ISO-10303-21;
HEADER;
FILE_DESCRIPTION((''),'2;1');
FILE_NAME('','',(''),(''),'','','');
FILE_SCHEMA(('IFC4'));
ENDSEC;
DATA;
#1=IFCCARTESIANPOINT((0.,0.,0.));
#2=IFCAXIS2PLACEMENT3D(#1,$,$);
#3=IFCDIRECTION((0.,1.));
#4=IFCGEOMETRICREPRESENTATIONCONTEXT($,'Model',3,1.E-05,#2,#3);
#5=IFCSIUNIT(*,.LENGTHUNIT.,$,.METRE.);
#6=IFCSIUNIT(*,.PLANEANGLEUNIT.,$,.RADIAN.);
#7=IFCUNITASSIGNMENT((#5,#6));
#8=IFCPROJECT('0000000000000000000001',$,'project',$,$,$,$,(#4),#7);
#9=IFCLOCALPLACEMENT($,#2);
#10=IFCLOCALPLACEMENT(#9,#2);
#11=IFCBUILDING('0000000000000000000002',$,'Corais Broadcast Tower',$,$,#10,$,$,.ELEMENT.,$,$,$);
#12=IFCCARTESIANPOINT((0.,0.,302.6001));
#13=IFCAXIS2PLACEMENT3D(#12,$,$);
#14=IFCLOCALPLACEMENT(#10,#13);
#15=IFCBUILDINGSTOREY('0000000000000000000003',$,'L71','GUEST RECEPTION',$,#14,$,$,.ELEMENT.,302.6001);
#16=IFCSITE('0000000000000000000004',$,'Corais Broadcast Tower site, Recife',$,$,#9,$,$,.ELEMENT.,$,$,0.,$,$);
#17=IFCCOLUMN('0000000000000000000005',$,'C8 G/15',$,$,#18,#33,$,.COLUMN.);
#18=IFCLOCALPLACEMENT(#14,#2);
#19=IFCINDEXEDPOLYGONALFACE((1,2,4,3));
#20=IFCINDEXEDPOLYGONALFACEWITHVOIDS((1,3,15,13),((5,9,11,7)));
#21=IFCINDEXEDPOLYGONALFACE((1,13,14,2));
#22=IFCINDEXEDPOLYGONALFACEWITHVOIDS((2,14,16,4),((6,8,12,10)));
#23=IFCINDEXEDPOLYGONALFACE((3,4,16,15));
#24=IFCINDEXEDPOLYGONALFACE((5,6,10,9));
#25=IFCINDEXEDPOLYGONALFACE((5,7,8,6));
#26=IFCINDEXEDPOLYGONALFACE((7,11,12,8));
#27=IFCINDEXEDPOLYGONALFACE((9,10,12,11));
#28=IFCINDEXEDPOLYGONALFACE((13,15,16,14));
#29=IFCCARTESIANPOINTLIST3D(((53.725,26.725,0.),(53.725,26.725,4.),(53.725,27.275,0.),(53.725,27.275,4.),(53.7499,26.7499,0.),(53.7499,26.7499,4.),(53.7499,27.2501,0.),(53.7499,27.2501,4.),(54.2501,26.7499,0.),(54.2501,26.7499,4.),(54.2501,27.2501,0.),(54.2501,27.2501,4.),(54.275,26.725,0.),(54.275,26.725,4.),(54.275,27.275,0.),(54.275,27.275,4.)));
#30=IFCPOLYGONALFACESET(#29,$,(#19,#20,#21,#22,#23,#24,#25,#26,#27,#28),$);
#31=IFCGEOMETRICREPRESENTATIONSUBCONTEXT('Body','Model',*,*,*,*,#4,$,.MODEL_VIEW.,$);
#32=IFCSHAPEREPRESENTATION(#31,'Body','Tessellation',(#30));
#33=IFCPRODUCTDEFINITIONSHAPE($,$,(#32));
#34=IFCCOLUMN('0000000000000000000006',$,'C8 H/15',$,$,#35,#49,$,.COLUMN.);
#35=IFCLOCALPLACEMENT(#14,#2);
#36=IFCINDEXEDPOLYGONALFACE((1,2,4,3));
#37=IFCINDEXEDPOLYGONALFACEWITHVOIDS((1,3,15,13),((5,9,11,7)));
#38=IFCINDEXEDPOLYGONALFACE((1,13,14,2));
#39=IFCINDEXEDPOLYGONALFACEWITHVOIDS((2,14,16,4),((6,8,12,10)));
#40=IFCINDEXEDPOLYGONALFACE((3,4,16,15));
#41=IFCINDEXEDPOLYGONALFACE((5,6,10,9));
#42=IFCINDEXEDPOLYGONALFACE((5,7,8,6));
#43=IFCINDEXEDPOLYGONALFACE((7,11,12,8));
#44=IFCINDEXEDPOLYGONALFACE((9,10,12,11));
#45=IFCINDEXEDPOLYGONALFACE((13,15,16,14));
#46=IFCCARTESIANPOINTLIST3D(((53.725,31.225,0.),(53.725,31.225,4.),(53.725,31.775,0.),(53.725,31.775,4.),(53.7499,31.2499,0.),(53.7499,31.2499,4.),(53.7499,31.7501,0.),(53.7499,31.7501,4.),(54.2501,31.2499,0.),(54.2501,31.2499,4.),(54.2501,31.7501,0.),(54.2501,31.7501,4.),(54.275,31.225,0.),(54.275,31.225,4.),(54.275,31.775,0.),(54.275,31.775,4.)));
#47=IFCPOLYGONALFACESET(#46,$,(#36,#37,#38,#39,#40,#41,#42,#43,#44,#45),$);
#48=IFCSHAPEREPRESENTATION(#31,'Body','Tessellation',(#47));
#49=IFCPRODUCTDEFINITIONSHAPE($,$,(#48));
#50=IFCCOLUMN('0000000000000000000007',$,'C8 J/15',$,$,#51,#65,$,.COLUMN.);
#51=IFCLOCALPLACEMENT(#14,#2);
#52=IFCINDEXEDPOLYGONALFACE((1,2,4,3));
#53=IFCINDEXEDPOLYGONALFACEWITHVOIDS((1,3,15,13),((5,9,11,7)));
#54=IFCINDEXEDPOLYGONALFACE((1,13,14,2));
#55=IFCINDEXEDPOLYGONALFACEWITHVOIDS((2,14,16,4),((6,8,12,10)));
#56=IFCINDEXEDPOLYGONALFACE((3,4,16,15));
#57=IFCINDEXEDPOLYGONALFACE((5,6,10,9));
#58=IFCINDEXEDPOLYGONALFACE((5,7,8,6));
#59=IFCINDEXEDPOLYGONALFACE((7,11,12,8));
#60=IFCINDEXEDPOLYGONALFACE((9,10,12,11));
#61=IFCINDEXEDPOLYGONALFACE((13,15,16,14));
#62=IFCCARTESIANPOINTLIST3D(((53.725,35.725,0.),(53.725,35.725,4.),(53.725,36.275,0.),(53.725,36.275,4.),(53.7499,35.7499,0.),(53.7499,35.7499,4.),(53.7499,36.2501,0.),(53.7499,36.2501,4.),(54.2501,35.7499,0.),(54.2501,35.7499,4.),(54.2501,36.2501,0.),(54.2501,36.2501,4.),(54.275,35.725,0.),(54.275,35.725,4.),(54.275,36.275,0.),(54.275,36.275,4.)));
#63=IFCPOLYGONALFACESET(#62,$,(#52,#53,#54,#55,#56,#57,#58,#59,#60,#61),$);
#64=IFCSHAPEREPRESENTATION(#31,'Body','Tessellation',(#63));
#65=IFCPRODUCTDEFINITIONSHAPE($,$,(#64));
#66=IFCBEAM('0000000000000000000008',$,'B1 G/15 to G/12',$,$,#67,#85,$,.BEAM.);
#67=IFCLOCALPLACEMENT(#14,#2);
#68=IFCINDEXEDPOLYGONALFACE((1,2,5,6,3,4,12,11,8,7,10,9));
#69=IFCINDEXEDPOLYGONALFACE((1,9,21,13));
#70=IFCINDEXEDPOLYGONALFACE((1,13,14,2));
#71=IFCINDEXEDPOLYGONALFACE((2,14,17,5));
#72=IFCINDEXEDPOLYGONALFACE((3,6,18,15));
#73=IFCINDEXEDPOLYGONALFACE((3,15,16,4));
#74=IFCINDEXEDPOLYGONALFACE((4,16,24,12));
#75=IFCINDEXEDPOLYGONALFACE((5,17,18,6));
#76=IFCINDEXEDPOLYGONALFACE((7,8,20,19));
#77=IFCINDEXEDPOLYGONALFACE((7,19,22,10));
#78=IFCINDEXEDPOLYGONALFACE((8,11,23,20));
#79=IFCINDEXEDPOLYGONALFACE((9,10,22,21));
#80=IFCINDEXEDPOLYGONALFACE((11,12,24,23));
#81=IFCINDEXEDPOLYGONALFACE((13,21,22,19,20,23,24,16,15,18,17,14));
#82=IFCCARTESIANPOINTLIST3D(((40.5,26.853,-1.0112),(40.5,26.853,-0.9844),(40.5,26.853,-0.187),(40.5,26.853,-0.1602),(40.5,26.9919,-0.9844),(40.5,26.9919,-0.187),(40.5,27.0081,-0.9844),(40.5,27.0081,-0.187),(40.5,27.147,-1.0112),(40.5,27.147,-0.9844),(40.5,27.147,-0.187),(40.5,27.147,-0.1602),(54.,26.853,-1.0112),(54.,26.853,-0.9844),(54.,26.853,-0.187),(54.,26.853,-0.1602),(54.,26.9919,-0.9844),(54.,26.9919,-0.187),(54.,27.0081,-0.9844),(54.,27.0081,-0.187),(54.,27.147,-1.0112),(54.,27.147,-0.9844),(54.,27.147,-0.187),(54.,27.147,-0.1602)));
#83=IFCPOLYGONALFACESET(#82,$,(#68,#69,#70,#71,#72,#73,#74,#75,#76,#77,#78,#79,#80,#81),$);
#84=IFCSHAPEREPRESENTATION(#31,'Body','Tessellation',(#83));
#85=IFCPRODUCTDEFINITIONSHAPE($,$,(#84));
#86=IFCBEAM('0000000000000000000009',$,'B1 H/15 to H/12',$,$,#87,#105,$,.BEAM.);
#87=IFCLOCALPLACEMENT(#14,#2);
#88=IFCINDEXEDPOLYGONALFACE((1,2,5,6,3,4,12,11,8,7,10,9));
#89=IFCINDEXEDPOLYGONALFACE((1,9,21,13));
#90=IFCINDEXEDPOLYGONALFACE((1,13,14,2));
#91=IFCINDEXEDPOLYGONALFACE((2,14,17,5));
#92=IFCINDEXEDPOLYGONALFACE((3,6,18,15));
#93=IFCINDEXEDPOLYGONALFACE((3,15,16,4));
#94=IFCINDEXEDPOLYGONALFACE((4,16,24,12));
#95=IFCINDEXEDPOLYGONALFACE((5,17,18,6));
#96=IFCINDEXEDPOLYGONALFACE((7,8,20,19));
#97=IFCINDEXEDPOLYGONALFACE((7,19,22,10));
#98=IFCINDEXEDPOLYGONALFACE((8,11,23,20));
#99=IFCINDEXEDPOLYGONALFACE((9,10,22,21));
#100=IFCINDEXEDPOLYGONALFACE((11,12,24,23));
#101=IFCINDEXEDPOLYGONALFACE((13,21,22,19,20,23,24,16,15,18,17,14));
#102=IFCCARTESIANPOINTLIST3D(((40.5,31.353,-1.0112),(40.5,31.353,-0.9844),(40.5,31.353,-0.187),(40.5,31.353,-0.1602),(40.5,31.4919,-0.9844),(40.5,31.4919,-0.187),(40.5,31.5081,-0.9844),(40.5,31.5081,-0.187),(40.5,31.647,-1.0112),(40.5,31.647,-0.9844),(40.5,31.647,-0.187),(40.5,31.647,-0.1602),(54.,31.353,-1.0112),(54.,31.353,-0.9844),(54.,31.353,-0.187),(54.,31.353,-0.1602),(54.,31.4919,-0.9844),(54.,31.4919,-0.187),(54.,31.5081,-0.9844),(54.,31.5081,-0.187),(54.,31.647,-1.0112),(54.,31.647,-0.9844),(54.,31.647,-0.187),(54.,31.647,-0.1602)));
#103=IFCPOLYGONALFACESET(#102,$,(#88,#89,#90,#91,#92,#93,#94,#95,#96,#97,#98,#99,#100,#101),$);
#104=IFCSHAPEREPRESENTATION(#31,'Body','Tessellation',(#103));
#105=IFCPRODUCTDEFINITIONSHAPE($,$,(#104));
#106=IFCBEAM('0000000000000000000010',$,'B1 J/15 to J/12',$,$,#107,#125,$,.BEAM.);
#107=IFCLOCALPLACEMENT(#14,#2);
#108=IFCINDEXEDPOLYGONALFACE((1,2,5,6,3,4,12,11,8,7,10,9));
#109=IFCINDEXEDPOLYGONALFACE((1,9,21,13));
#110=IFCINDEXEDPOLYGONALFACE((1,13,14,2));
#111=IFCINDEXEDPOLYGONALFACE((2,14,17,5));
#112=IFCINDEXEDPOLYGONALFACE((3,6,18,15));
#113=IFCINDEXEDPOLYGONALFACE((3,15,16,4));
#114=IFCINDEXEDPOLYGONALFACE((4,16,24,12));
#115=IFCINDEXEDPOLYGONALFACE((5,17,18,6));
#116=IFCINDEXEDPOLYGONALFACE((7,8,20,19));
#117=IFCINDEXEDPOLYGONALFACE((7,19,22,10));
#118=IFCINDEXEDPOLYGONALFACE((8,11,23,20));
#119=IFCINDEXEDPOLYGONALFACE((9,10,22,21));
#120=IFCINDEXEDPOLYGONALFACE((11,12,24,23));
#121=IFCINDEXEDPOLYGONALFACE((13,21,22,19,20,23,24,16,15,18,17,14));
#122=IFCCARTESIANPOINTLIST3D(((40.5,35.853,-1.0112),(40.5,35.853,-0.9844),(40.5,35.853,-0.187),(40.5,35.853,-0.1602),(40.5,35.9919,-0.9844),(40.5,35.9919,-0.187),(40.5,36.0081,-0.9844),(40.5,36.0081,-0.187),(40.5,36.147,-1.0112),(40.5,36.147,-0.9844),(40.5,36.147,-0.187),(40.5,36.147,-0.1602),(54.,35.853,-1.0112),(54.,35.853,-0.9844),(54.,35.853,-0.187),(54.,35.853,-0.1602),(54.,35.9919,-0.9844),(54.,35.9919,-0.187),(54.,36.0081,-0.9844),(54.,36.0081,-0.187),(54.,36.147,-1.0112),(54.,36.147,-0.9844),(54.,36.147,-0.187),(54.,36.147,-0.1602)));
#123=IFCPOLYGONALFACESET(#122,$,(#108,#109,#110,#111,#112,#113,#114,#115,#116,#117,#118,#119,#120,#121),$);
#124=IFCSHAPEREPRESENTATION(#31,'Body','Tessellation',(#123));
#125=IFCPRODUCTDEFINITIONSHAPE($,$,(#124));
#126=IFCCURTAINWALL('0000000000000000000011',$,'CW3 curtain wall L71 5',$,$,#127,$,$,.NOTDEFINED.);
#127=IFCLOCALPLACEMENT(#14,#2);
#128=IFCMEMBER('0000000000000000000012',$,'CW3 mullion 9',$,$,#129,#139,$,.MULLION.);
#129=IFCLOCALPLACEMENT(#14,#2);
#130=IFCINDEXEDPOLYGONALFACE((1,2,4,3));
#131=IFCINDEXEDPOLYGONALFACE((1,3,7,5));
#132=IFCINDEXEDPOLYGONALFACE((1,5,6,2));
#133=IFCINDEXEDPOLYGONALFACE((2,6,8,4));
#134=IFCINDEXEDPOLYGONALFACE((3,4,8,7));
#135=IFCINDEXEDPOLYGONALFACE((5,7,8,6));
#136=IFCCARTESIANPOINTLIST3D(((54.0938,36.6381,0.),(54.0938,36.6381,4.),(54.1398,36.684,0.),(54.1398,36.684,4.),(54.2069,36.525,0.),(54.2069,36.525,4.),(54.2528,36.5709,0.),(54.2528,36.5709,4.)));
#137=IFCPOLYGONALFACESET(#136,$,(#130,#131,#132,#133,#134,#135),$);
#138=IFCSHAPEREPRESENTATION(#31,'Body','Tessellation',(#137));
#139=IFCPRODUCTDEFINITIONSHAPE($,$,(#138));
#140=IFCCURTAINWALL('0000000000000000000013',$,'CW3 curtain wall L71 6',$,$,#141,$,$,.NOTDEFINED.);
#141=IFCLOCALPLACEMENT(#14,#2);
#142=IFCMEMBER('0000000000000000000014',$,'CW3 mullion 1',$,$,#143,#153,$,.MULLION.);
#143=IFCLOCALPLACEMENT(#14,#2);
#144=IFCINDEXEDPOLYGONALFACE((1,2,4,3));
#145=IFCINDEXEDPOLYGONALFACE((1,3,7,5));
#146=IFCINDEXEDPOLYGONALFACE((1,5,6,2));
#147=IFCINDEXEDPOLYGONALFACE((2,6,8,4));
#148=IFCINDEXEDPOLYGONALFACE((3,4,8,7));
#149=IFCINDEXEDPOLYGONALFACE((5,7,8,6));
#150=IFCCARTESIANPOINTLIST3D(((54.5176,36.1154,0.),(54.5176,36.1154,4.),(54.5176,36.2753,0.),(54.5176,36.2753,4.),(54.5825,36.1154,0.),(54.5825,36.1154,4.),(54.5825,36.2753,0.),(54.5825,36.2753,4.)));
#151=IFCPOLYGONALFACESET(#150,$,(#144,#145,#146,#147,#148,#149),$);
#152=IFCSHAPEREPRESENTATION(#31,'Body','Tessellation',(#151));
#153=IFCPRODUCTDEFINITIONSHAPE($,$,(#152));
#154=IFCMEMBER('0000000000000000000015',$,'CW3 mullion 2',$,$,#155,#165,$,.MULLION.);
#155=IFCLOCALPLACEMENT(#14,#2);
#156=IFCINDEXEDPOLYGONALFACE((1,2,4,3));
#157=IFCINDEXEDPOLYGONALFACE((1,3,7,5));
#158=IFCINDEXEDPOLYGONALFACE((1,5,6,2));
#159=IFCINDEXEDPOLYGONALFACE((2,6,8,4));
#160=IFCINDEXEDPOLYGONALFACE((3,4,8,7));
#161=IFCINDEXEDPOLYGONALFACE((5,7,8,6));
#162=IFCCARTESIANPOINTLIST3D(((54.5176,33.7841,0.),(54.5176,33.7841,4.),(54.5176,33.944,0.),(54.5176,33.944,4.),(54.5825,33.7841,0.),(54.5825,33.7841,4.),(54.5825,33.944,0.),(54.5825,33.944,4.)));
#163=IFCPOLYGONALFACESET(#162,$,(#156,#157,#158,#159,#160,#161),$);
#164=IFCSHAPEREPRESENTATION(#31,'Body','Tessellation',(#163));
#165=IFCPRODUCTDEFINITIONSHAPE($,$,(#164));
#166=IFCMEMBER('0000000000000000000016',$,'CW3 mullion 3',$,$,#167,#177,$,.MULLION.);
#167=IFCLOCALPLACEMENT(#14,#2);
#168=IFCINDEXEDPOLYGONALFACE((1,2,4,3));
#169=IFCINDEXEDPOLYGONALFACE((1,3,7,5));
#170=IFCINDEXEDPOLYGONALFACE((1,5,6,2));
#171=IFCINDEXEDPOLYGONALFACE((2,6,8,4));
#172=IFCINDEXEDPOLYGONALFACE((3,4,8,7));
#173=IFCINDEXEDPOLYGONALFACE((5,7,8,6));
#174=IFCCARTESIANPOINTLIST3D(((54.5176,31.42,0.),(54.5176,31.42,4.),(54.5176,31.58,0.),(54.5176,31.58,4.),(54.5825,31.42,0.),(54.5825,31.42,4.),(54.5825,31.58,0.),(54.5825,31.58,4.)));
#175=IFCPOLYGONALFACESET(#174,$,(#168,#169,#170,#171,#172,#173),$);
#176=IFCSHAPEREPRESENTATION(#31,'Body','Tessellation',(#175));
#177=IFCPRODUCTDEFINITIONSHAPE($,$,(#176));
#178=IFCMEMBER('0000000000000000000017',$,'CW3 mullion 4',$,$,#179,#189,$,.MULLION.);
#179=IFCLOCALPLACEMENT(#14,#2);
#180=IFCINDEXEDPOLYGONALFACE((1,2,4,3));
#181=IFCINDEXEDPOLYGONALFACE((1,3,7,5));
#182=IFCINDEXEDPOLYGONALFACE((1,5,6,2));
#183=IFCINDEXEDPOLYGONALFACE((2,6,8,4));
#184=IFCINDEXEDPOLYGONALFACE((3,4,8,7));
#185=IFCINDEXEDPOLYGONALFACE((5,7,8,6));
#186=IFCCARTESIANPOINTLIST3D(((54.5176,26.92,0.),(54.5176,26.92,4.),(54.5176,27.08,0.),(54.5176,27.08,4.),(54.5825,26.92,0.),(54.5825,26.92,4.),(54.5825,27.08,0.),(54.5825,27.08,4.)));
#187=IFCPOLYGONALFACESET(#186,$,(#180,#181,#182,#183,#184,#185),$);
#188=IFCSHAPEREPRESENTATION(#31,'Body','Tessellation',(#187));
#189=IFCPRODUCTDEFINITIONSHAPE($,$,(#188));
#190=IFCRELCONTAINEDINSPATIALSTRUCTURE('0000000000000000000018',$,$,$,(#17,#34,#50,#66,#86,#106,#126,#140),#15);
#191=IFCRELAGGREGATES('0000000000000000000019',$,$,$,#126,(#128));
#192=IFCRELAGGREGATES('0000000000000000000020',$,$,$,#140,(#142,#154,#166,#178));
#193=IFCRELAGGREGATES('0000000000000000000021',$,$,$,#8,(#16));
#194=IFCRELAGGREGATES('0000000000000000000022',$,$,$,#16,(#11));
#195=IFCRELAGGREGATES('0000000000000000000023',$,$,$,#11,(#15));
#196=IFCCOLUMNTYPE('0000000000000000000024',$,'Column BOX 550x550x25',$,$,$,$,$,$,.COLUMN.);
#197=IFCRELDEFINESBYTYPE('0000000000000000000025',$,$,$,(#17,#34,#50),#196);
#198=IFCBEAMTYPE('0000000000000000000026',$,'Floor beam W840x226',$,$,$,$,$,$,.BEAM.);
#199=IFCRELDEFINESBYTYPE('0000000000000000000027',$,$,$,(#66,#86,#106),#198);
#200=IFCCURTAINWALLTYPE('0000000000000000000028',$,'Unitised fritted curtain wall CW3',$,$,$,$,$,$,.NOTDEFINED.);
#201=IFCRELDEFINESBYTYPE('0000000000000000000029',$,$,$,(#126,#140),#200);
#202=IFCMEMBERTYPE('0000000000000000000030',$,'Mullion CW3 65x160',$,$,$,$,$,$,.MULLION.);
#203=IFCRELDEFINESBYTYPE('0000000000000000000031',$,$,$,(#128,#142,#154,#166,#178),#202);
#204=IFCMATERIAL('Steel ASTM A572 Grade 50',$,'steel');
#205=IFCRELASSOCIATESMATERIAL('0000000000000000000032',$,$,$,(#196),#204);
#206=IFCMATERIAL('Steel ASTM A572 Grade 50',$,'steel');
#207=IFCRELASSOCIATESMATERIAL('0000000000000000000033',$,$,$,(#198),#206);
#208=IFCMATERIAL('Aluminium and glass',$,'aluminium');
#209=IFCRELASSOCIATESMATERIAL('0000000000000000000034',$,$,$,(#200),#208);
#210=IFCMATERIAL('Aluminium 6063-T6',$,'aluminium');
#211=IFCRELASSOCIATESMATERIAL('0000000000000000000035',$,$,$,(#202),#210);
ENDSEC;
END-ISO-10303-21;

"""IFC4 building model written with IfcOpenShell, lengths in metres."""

from ifc_helpers import new_model, si_unit, direction, frame, origin, origin_2d, place, context, subcontext, project, spatial, rectangle, hollow_rectangle, i_section, extrude, material, material_profile, profile_set, type_object, element, aggregate, save


model = new_model("IFC4")

# Units and contexts
model_context = context("Model", 3, precision=1e-05, world=origin(), true_north=direction((0.0, 1.0)))
body_context = subcontext(model_context, "Body", "Model", "MODEL_VIEW")
ifc_project = project(units=[si_unit("LENGTHUNIT", "METRE"), si_unit("PLANEANGLEUNIT", "RADIAN")], contexts=[model_context])

# Site, building, storey
site_placement = place(None, origin())
site = spatial("IfcSite", under=ifc_project, at=site_placement, Name="Corais Broadcast Tower site, Recife", CompositionType="ELEMENT", RefElevation=0.0)
building_placement = place(site_placement, origin())
building = spatial("IfcBuilding", under=site, at=building_placement, Name="Corais Broadcast Tower", CompositionType="ELEMENT")
storey_placement = place(building_placement, frame((0.0, 0.0, 302.6001)))
storey = spatial("IfcBuildingStorey", under=building, at=storey_placement, Name="L71", Description="GUEST RECEPTION", CompositionType="ELEMENT", Elevation=302.6001)

# Columns
ifc_material_1 = material(Name="Steel ASTM A572 Grade 50", Category="steel")
ifc_material_profile_1 = material_profile(ifc_material_1, hollow_rectangle(XDim=0.55, YDim=0.55, WallThickness=0.0249, at=origin_2d()), Name="BOX 550x550x25")
ifc_profile_set_1 = profile_set([ifc_material_profile_1], Name="Steel ASTM A572 Grade 50")
column_type = type_object("IfcColumnType", Name="Column BOX 550x550x25", PredefinedType="COLUMN", material=ifc_profile_set_1)
for number, where, z_axis, x_axis, name in (
    (1, (54.0, 27.0, 0.0), (0.0, 0.0, 1.0), (1.0, 0.0, 0.0), "C8 G/15"),
    (2, (54.0, 31.5, 0.0), (0.0, 0.0, 1.0), (1.0, 0.0, 0.0), "C8 H/15"),
    (3, (54.0, 36.0, 0.0), (0.0, 0.0, 1.0), (1.0, 0.0, 0.0), "C8 J/15"),
):
    element("IfcColumn", number, at=place(storey_placement, frame(where, z_axis=z_axis, x_axis=x_axis)), inside=storey, type_object=column_type, Name=name, PredefinedType="COLUMN", context=body_context, shape_type="SweptSolid", body=[
        extrude(hollow_rectangle(XDim=0.55, YDim=0.55, WallThickness=0.0249, at=origin_2d()), origin(), (0.0, 0.0, 1.0), 4.0),
    ])

# Beams
ifc_material_2 = material(Name="Steel ASTM A572 Grade 50", Category="steel")
ifc_material_profile_2 = material_profile(ifc_material_2, i_section(OverallWidth=0.2939, OverallDepth=0.8511, WebThickness=0.0161, FlangeThickness=0.0269, at=origin_2d()), Name="W840x226")
ifc_profile_set_2 = profile_set([ifc_material_profile_2], Name="Steel ASTM A572 Grade 50")
beam_type_1 = type_object("IfcBeamType", Name="Floor beam W840x226", PredefinedType="BEAM", material=ifc_profile_set_2)
for number, where, z_axis, x_axis, name in (
    (4, (54.0, 27.0, -0.5857), (-1.0, 0.0, 0.0), (0.0, -1.0, 0.0), "B1 G/15 to G/12"),
    (5, (54.0, 31.5, -0.5857), (-1.0, 0.0, 0.0), (0.0, -1.0, 0.0), "B1 H/15 to H/12"),
    (6, (54.0, 36.0, -0.5857), (-1.0, 0.0, 0.0), (0.0, -1.0, 0.0), "B1 J/15 to J/12"),
):
    element("IfcBeam", number, at=place(storey_placement, frame(where, z_axis=z_axis, x_axis=x_axis)), inside=storey, type_object=beam_type_1, Name=name, PredefinedType="BEAM", context=body_context, shape_type="SweptSolid", body=[
        extrude(i_section(OverallWidth=0.2939, OverallDepth=0.8511, WebThickness=0.0161, FlangeThickness=0.0269, at=origin_2d()), origin(), (0.0, 0.0, 1.0), 13.5),
    ])

# Curtain wall, member
ifc_material_3 = material(Name="Aluminium and glass", Category="aluminium")
curtain_wall_type = type_object("IfcCurtainWallType", Name="Unitised fritted curtain wall CW3", PredefinedType="NOTDEFINED", material=ifc_material_3)
curtain_wall_1_placement = place(storey_placement, origin())
curtain_wall_1 = element("IfcCurtainWall", 7, at=curtain_wall_1_placement, inside=storey, type_object=curtain_wall_type, Name="CW3 curtain wall L71 5", PredefinedType="NOTDEFINED")
ifc_material_4 = material(Name="Aluminium 6063-T6", Category="aluminium")
ifc_material_profile_3 = material_profile(ifc_material_4, rectangle(XDim=0.0649, YDim=0.1599, at=origin_2d()), Name="Mullion CW3 65x160")
ifc_profile_set_3 = profile_set([ifc_material_profile_3], Name="Aluminium 6063-T6")
member_type_1 = type_object("IfcMemberType", Name="Mullion CW3 65x160", PredefinedType="MULLION", material=ifc_profile_set_3)
member_1_placement = place(storey_placement, frame((54.1733, 36.6045, 0.0), z_axis=(0.0, 0.0, 1.0), x_axis=(0.707107, 0.707107, 0.0)))
member_1 = element("IfcMember", 8, at=member_1_placement, type_object=member_type_1, Name="CW3 mullion 9", PredefinedType="MULLION", context=body_context, shape_type="SweptSolid", body=[
    extrude(rectangle(XDim=0.0649, YDim=0.1599, at=origin_2d()), origin(), (0.0, 0.0, 1.0), 4.0),
])

# Curtain wall, members
curtain_wall_2_placement = place(storey_placement, origin())
curtain_wall_2 = element("IfcCurtainWall", 9, at=curtain_wall_2_placement, inside=storey, type_object=curtain_wall_type, Name="CW3 curtain wall L71 6", PredefinedType="NOTDEFINED")
member_2_placement = place(storey_placement, frame((54.55, 36.1953, 0.0), z_axis=(0.0, 0.0, 1.0), x_axis=(1.0, 0.0, 0.0)))
member_2 = element("IfcMember", 10, at=member_2_placement, type_object=member_type_1, Name="CW3 mullion 1", PredefinedType="MULLION", context=body_context, shape_type="SweptSolid", body=[
    extrude(rectangle(XDim=0.0649, YDim=0.1599, at=origin_2d()), origin(), (0.0, 0.0, 1.0), 4.0),
])
member_3_placement = place(storey_placement, frame((54.55, 33.864, 0.0), z_axis=(0.0, 0.0, 1.0), x_axis=(1.0, 0.0, 0.0)))
member_3 = element("IfcMember", 11, at=member_3_placement, type_object=member_type_1, Name="CW3 mullion 2", PredefinedType="MULLION", context=body_context, shape_type="SweptSolid", body=[
    extrude(rectangle(XDim=0.0649, YDim=0.1599, at=origin_2d()), origin(), (0.0, 0.0, 1.0), 4.0),
])
member_4_placement = place(storey_placement, frame((54.55, 31.5, 0.0), z_axis=(0.0, 0.0, 1.0), x_axis=(1.0, 0.0, 0.0)))
member_4 = element("IfcMember", 12, at=member_4_placement, type_object=member_type_1, Name="CW3 mullion 3", PredefinedType="MULLION", context=body_context, shape_type="SweptSolid", body=[
    extrude(rectangle(XDim=0.0649, YDim=0.1599, at=origin_2d()), origin(), (0.0, 0.0, 1.0), 4.0),
])
member_5_placement = place(storey_placement, frame((54.55, 27.0, 0.0), z_axis=(0.0, 0.0, 1.0), x_axis=(1.0, 0.0, 0.0)))
member_5 = element("IfcMember", 13, at=member_5_placement, type_object=member_type_1, Name="CW3 mullion 4", PredefinedType="MULLION", context=body_context, shape_type="SweptSolid", body=[
    extrude(rectangle(XDim=0.0649, YDim=0.1599, at=origin_2d()), origin(), (0.0, 0.0, 1.0), 4.0),
])

aggregate(curtain_wall_1, [member_1])
aggregate(curtain_wall_2, [member_2, member_3, member_4, member_5])

save(model, "model.ifc")
